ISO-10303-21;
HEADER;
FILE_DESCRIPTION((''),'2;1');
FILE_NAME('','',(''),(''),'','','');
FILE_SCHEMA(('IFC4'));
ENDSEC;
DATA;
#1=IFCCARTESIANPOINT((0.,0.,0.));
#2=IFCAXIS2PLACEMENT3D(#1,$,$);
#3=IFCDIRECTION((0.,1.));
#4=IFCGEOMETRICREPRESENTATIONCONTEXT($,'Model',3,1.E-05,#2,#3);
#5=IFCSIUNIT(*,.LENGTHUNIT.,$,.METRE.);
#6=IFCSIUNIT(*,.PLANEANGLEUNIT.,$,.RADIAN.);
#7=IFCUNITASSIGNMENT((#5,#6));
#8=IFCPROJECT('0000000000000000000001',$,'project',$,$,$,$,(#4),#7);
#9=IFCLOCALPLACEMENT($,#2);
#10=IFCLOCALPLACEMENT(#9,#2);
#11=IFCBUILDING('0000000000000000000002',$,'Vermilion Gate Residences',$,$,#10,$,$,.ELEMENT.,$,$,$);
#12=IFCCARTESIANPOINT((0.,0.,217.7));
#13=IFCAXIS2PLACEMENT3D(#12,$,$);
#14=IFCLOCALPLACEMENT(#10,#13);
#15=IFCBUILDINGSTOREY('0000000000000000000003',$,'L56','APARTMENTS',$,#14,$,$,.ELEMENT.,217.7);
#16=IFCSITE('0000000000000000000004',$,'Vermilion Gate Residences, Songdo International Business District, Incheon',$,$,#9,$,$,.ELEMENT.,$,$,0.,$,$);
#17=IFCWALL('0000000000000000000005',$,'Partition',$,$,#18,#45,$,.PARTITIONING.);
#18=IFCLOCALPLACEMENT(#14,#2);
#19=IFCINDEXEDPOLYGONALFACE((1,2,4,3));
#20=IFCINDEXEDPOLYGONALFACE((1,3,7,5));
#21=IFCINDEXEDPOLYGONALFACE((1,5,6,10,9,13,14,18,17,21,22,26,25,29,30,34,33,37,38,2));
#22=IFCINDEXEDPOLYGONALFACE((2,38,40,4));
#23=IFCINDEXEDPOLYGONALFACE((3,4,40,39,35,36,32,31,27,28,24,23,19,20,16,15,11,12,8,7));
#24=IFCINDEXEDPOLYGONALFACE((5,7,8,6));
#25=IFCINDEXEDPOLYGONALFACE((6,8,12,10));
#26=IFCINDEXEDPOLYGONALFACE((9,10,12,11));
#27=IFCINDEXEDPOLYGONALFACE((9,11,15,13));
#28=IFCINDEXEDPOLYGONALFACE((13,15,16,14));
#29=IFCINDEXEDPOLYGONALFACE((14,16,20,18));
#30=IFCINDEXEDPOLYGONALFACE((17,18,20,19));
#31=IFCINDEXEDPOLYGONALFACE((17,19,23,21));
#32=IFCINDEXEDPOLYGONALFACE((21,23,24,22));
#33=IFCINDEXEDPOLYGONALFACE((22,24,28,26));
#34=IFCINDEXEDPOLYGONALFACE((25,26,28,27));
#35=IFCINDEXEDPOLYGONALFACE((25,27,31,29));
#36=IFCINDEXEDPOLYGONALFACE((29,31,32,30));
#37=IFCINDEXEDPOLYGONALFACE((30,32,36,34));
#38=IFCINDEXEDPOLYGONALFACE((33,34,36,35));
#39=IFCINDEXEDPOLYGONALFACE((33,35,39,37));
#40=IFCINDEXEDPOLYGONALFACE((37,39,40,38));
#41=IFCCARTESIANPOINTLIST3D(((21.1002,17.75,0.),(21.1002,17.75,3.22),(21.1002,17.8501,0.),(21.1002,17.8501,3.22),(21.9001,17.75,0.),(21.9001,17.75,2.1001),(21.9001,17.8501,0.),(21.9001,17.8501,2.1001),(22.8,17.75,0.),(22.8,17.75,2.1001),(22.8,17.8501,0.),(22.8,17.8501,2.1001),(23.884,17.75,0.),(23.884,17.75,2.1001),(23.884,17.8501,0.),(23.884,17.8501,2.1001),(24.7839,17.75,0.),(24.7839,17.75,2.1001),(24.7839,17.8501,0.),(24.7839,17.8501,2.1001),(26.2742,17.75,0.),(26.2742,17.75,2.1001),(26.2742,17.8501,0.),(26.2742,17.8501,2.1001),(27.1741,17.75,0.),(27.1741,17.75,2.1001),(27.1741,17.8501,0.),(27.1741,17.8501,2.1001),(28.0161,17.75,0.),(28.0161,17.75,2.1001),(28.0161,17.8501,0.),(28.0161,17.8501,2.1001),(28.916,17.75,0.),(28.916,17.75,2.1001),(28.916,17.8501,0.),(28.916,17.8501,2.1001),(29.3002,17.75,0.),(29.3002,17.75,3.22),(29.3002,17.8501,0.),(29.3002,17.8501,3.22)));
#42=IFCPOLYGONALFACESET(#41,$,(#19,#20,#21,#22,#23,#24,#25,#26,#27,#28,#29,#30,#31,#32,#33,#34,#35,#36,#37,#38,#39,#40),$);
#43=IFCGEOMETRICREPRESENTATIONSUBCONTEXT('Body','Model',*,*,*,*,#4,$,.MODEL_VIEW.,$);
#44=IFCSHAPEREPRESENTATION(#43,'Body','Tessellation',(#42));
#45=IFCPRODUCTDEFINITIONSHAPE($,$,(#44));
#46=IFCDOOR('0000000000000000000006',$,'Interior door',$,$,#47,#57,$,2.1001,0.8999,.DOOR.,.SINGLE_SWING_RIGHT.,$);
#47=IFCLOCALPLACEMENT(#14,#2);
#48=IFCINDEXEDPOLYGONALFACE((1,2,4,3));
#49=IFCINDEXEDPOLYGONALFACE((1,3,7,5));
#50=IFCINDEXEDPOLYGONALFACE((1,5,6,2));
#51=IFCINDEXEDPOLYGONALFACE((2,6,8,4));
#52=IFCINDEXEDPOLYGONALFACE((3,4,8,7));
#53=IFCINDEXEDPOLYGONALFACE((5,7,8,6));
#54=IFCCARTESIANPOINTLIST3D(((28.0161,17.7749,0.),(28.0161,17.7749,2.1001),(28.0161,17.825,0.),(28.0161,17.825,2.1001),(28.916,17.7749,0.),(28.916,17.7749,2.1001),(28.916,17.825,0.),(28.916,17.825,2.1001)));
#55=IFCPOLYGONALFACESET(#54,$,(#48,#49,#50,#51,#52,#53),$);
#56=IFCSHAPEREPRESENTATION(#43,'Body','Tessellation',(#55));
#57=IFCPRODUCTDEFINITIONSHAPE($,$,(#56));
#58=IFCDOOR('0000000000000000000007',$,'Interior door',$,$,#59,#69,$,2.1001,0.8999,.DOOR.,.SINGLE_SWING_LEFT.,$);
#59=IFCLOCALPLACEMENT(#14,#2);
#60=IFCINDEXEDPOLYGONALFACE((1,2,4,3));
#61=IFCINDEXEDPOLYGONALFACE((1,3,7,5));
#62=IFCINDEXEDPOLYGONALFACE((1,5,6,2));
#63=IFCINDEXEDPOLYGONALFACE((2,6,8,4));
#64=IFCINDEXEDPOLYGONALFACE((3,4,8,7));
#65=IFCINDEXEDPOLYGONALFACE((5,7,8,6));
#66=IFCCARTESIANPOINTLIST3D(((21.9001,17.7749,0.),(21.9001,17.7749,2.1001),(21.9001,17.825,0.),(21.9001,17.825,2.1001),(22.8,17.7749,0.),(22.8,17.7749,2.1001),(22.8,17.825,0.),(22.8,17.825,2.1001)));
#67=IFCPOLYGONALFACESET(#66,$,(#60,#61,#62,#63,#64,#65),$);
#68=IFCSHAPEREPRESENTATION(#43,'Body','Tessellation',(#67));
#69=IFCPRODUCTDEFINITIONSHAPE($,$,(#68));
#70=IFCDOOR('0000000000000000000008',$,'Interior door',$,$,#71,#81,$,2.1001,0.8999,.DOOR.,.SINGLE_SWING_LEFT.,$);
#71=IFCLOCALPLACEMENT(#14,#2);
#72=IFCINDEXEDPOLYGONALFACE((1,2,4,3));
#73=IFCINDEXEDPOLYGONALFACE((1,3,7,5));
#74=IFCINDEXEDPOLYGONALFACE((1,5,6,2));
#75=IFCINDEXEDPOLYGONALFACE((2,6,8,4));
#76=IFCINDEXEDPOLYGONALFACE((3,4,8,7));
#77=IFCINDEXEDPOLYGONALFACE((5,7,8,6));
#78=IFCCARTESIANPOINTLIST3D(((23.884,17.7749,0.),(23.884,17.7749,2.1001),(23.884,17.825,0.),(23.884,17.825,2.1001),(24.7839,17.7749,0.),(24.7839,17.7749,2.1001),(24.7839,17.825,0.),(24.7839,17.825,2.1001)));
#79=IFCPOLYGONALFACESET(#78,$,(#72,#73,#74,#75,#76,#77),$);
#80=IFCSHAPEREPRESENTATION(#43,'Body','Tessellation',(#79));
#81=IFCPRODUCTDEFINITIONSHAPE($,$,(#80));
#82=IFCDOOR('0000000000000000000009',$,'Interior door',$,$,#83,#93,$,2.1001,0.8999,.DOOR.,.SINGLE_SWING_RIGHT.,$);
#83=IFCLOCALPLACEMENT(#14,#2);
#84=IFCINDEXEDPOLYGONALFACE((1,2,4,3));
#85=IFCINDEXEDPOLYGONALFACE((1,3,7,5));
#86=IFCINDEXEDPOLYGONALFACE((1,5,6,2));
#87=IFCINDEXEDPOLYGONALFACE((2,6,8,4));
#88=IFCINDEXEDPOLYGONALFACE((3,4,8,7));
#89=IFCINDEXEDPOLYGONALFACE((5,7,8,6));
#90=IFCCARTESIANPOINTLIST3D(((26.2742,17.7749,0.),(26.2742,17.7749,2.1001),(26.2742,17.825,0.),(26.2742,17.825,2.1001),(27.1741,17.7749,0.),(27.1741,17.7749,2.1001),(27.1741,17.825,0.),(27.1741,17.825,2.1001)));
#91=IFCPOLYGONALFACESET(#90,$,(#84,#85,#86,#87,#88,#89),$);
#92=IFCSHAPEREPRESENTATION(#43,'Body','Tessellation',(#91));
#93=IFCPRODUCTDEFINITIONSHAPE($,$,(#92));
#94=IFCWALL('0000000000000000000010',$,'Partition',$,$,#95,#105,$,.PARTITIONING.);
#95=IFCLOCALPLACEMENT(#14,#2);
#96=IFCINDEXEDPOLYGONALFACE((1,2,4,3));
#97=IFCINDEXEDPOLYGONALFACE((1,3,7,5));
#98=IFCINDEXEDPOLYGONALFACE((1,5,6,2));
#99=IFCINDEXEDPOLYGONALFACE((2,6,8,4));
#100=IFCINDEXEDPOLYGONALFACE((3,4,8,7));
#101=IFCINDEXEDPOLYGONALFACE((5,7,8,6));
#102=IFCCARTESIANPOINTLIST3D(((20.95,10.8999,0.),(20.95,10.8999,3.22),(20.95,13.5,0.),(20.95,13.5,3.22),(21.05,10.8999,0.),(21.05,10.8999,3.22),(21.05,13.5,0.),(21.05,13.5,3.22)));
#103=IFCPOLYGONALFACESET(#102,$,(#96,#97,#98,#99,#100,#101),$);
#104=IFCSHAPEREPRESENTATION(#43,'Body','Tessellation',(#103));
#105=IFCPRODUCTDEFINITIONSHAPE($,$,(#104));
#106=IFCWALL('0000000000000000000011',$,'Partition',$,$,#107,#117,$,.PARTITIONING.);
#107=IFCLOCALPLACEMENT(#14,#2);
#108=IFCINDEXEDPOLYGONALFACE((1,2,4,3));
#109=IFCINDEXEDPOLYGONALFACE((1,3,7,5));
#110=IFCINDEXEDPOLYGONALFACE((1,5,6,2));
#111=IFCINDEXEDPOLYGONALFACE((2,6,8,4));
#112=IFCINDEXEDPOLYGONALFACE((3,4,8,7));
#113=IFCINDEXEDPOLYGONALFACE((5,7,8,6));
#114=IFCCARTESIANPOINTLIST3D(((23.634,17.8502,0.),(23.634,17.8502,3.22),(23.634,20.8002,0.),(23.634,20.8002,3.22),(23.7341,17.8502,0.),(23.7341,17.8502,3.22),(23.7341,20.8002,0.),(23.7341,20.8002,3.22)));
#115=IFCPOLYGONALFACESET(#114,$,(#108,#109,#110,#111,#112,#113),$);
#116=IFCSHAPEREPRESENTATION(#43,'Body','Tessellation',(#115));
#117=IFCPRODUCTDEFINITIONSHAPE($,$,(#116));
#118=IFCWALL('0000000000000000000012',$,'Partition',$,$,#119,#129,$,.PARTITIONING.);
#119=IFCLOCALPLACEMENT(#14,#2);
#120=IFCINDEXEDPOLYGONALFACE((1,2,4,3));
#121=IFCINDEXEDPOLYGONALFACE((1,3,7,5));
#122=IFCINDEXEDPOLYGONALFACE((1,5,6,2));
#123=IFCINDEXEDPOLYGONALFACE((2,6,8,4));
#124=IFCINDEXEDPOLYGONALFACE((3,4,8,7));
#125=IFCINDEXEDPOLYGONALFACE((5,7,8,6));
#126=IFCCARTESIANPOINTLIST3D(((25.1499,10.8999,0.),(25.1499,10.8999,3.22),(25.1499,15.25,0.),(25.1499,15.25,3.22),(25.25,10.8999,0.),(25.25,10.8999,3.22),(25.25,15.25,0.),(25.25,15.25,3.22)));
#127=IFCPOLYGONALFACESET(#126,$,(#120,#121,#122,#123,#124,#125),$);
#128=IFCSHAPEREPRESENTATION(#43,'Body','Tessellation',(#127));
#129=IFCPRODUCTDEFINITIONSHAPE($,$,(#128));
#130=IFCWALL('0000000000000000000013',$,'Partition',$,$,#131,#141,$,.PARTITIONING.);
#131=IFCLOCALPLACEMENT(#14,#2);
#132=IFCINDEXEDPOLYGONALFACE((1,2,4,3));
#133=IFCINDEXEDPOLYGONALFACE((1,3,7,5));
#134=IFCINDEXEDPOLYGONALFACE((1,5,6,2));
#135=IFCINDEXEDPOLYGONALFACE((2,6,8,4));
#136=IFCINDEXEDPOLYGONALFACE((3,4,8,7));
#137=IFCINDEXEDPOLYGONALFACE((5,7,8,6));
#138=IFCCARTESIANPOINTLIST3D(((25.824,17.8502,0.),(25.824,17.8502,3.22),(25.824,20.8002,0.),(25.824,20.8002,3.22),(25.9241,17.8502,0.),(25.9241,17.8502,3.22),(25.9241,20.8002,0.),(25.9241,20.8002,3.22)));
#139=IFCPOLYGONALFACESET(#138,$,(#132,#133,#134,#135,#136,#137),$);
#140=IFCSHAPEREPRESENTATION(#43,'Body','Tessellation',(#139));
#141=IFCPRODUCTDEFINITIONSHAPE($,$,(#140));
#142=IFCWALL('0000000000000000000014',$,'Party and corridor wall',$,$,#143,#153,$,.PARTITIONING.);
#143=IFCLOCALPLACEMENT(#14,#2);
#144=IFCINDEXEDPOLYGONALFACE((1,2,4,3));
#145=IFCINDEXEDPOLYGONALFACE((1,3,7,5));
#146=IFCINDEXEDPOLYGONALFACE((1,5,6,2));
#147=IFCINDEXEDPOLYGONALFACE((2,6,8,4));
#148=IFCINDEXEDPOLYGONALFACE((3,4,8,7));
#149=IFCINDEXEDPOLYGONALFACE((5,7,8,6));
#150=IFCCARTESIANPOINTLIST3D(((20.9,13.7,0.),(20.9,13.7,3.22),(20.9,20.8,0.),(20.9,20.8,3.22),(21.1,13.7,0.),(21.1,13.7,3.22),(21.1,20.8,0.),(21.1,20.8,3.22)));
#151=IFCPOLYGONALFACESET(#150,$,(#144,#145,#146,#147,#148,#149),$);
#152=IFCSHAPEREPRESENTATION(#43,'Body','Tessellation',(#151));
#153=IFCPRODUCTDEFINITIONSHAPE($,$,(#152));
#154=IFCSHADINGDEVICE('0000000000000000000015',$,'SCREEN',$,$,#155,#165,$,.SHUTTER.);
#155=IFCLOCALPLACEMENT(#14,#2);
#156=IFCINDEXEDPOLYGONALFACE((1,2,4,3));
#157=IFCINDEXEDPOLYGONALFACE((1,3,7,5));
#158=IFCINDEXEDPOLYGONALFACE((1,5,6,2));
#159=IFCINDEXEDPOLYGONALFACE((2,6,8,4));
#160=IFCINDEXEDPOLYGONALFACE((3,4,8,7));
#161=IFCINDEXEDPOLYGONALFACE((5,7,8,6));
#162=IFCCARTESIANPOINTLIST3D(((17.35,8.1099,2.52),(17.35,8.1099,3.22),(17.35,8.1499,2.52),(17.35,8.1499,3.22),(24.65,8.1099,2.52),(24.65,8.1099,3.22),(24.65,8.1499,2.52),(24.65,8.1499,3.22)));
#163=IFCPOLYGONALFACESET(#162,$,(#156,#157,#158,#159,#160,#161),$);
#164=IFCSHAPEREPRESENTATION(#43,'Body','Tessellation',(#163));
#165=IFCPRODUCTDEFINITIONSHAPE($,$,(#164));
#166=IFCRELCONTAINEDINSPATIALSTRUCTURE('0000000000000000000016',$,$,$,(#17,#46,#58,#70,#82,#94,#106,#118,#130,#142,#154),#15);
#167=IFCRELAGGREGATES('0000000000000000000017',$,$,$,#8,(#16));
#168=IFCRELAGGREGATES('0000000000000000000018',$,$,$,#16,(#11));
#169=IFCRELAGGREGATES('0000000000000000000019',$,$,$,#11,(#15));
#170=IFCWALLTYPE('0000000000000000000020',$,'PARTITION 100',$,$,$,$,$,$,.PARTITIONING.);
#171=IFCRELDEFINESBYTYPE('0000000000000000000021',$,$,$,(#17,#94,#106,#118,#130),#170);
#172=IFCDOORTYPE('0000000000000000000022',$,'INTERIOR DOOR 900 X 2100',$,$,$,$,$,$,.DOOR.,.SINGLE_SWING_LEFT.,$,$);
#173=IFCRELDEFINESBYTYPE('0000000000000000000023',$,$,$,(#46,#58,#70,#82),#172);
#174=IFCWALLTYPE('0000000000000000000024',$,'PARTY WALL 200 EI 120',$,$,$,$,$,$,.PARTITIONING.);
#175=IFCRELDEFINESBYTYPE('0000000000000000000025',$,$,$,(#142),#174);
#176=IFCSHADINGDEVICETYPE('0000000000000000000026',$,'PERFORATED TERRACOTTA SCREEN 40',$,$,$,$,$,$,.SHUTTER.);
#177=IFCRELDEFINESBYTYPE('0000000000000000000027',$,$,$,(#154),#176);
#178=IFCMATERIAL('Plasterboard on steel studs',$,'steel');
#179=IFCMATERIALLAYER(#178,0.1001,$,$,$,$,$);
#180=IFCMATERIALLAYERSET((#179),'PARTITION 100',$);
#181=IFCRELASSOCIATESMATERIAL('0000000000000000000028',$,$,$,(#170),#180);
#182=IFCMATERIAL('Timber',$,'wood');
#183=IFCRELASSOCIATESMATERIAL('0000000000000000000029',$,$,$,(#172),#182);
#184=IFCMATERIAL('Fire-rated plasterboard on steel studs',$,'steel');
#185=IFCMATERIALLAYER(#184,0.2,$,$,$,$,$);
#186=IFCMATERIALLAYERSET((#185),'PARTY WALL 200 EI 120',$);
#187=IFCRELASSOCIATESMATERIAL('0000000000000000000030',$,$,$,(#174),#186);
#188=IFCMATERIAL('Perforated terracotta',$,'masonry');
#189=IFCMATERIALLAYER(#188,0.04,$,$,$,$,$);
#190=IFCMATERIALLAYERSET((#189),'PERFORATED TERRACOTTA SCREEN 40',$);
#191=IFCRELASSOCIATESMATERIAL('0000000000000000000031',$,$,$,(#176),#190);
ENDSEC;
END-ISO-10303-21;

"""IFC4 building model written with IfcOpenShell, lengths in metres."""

from ifc_helpers import new_model, si_unit, direction, frame, frame_2d, origin, origin_2d, place, context, subcontext, project, spatial, rectangle, extrude, material, layer, layer_set, type_object, element, fill, save


model = new_model("IFC4")

# Units and contexts
model_context = context("Model", 3, precision=1e-05, world=origin(), true_north=direction((0.0, 1.0)))
body_context = subcontext(model_context, "Body", "Model", "MODEL_VIEW")
ifc_project = project(units=[si_unit("LENGTHUNIT", "METRE"), si_unit("PLANEANGLEUNIT", "RADIAN")], contexts=[model_context])

# Site, building, storey
site_placement = place(None, origin())
site = spatial("IfcSite", under=ifc_project, at=site_placement, Name="Vermilion Gate Residences, Songdo International Business District, Incheon", CompositionType="ELEMENT", RefElevation=0.0)
building_placement = place(site_placement, origin())
building = spatial("IfcBuilding", under=site, at=building_placement, Name="Vermilion Gate Residences", CompositionType="ELEMENT")
storey_placement = place(building_placement, frame((0.0, 0.0, 217.7)))
storey = spatial("IfcBuildingStorey", under=building, at=storey_placement, Name="L56", Description="APARTMENTS", CompositionType="ELEMENT", Elevation=217.7)

# Wall, openings, doors
ifc_material_1 = material(Name="Plasterboard on steel studs", Category="steel")
ifc_layer_1 = layer(ifc_material_1, 0.1001)
ifc_layer_set_1 = layer_set([ifc_layer_1], Name="PARTITION 100")
wall_type_1 = type_object("IfcWallType", Name="PARTITION 100", PredefinedType="PARTITIONING", material=ifc_layer_set_1)
ifc_material_2 = material(Name="Timber", Category="wood")
door_type = type_object("IfcDoorType", Name="INTERIOR DOOR 900 X 2100", OperationType="SINGLE_SWING_LEFT", PredefinedType="DOOR", material=ifc_material_2)
wall_1_placement = place(storey_placement, frame((21.1001, 17.8, 0.0), z_axis=(0.0, 0.0, 1.0), x_axis=(1.0, 0.0, 0.0)))
wall_1 = element("IfcWall", 1, at=wall_1_placement, inside=storey, type_object=wall_type_1, Name="Partition", PredefinedType="PARTITIONING", context=body_context, shape_type="SweptSolid", body=[
    extrude(rectangle(XDim=8.2, YDim=0.1001, at=frame_2d((4.1001, 0.0))), origin(), (0.0, 0.0, 1.0), 3.22),
])
opening_1_placement = place(wall_1_placement, frame((6.916, 0.0, 0.0)))
opening_1 = element("IfcOpeningElement", 2, at=opening_1_placement, cuts=wall_1, PredefinedType="OPENING", context=body_context, shape_type="SweptSolid", body=[
    extrude(rectangle(XDim=0.8999, YDim=2.1001, at=frame_2d((0.45, 1.05))), frame((0.0, 0.0601, 0.0), z_axis=(0.0, -1.0, 0.0), x_axis=(1.0, 0.0, 0.0)), (0.0, 0.0, 1.0), 0.1201),
])
opening_2_placement = place(wall_1_placement, frame((0.8, 0.0, 0.0)))
opening_2 = element("IfcOpeningElement", 3, at=opening_2_placement, cuts=wall_1, PredefinedType="OPENING", context=body_context, shape_type="SweptSolid", body=[
    extrude(rectangle(XDim=0.8999, YDim=2.1001, at=frame_2d((0.45, 1.05))), frame((0.0, 0.0601, 0.0), z_axis=(0.0, -1.0, 0.0), x_axis=(1.0, 0.0, 0.0)), (0.0, 0.0, 1.0), 0.1201),
])
opening_3_placement = place(wall_1_placement, frame((2.7839, 0.0, 0.0)))
opening_3 = element("IfcOpeningElement", 4, at=opening_3_placement, cuts=wall_1, PredefinedType="OPENING", context=body_context, shape_type="SweptSolid", body=[
    extrude(rectangle(XDim=0.8999, YDim=2.1001, at=frame_2d((0.45, 1.05))), frame((0.0, 0.0601, 0.0), z_axis=(0.0, -1.0, 0.0), x_axis=(1.0, 0.0, 0.0)), (0.0, 0.0, 1.0), 0.1201),
])
opening_4_placement = place(wall_1_placement, frame((5.1741, 0.0, 0.0)))
opening_4 = element("IfcOpeningElement", 5, at=opening_4_placement, cuts=wall_1, PredefinedType="OPENING", context=body_context, shape_type="SweptSolid", body=[
    extrude(rectangle(XDim=0.8999, YDim=2.1001, at=frame_2d((0.45, 1.05))), frame((0.0, 0.0601, 0.0), z_axis=(0.0, -1.0, 0.0), x_axis=(1.0, 0.0, 0.0)), (0.0, 0.0, 1.0), 0.1201),
])
door_1_placement = place(opening_1_placement, origin())
door_1 = element("IfcDoor", 6, at=door_1_placement, inside=storey, type_object=door_type, Name="Interior door", OperationType="SINGLE_SWING_RIGHT", OverallHeight=2.1001, OverallWidth=0.8999, PredefinedType="DOOR", context=body_context, shape_type="SweptSolid", body=[
    extrude(rectangle(XDim=0.8999, YDim=2.1001, at=frame_2d((0.45, 1.05))), frame((0.0, 0.0249, 0.0), z_axis=(0.0, -1.0, 0.0), x_axis=(1.0, 0.0, 0.0)), (0.0, 0.0, 1.0), 0.05),
])
fill(opening_1, door_1)
door_2_placement = place(opening_2_placement, origin())
door_2 = element("IfcDoor", 7, at=door_2_placement, inside=storey, type_object=door_type, Name="Interior door", OperationType="SINGLE_SWING_LEFT", OverallHeight=2.1001, OverallWidth=0.8999, PredefinedType="DOOR", context=body_context, shape_type="SweptSolid", body=[
    extrude(rectangle(XDim=0.8999, YDim=2.1001, at=frame_2d((0.45, 1.05))), frame((0.0, 0.0249, 0.0), z_axis=(0.0, -1.0, 0.0), x_axis=(1.0, 0.0, 0.0)), (0.0, 0.0, 1.0), 0.05),
])
fill(opening_2, door_2)
door_3_placement = place(opening_3_placement, origin())
door_3 = element("IfcDoor", 8, at=door_3_placement, inside=storey, type_object=door_type, Name="Interior door", OperationType="SINGLE_SWING_LEFT", OverallHeight=2.1001, OverallWidth=0.8999, PredefinedType="DOOR", context=body_context, shape_type="SweptSolid", body=[
    extrude(rectangle(XDim=0.8999, YDim=2.1001, at=frame_2d((0.45, 1.05))), frame((0.0, 0.0249, 0.0), z_axis=(0.0, -1.0, 0.0), x_axis=(1.0, 0.0, 0.0)), (0.0, 0.0, 1.0), 0.05),
])
fill(opening_3, door_3)
door_4_placement = place(opening_4_placement, origin())
door_4 = element("IfcDoor", 9, at=door_4_placement, inside=storey, type_object=door_type, Name="Interior door", OperationType="SINGLE_SWING_RIGHT", OverallHeight=2.1001, OverallWidth=0.8999, PredefinedType="DOOR", context=body_context, shape_type="SweptSolid", body=[
    extrude(rectangle(XDim=0.8999, YDim=2.1001, at=frame_2d((0.45, 1.05))), frame((0.0, 0.0249, 0.0), z_axis=(0.0, -1.0, 0.0), x_axis=(1.0, 0.0, 0.0)), (0.0, 0.0, 1.0), 0.05),
])
fill(opening_4, door_4)

# Walls
wall_2_placement = place(storey_placement, frame((21.0, 10.8999, 0.0), z_axis=(0.0, 0.0, 1.0), x_axis=(0.0, 1.0, 0.0)))
element("IfcWall", 10, at=wall_2_placement, inside=storey, type_object=wall_type_1, Name="Partition", PredefinedType="PARTITIONING", context=body_context, shape_type="SweptSolid", body=[
    extrude(rectangle(XDim=2.6001, YDim=0.1001, at=frame_2d((1.3, 0.0))), origin(), (0.0, 0.0, 1.0), 3.22),
])
wall_3_placement = place(storey_placement, frame((23.6841, 17.8501, 0.0), z_axis=(0.0, 0.0, 1.0), x_axis=(0.0, 1.0, 0.0)))
element("IfcWall", 11, at=wall_3_placement, inside=storey, type_object=wall_type_1, Name="Partition", PredefinedType="PARTITIONING", context=body_context, shape_type="SweptSolid", body=[
    extrude(rectangle(XDim=2.95, YDim=0.1001, at=frame_2d((1.4751, 0.0))), origin(), (0.0, 0.0, 1.0), 3.22),
])
wall_4_placement = place(storey_placement, frame((25.2, 10.8999, 0.0), z_axis=(0.0, 0.0, 1.0), x_axis=(0.0, 1.0, 0.0)))
element("IfcWall", 12, at=wall_4_placement, inside=storey, type_object=wall_type_1, Name="Partition", PredefinedType="PARTITIONING", context=body_context, shape_type="SweptSolid", body=[
    extrude(rectangle(XDim=4.3501, YDim=0.1001, at=frame_2d((2.175, 0.0))), origin(), (0.0, 0.0, 1.0), 3.22),
])
wall_5_placement = place(storey_placement, frame((25.874, 17.8501, 0.0), z_axis=(0.0, 0.0, 1.0), x_axis=(0.0, 1.0, 0.0)))
element("IfcWall", 13, at=wall_5_placement, inside=storey, type_object=wall_type_1, Name="Partition", PredefinedType="PARTITIONING", context=body_context, shape_type="SweptSolid", body=[
    extrude(rectangle(XDim=2.95, YDim=0.1001, at=frame_2d((1.4751, 0.0))), origin(), (0.0, 0.0, 1.0), 3.22),
])
ifc_material_3 = material(Name="Fire-rated plasterboard on steel studs", Category="steel")
ifc_layer_2 = layer(ifc_material_3, 0.2)
ifc_layer_set_2 = layer_set([ifc_layer_2], Name="PARTY WALL 200 EI 120")
wall_type_2 = type_object("IfcWallType", Name="PARTY WALL 200 EI 120", PredefinedType="PARTITIONING", material=ifc_layer_set_2)
wall_6_placement = place(storey_placement, frame((21.0, 13.7, 0.0), z_axis=(0.0, 0.0, 1.0), x_axis=(0.0, 1.0, 0.0)))
element("IfcWall", 14, at=wall_6_placement, inside=storey, type_object=wall_type_2, Name="Party and corridor wall", PredefinedType="PARTITIONING", context=body_context, shape_type="SweptSolid", body=[
    extrude(rectangle(XDim=7.1001, YDim=0.2, at=frame_2d((3.55, 0.0))), origin(), (0.0, 0.0, 1.0), 3.22),
])

# Shading device
ifc_material_4 = material(Name="Perforated terracotta", Category="masonry")
ifc_layer_3 = layer(ifc_material_4, 0.04)
ifc_layer_set_3 = layer_set([ifc_layer_3], Name="PERFORATED TERRACOTTA SCREEN 40")
shading_device_type_1 = type_object("IfcShadingDeviceType", Name="PERFORATED TERRACOTTA SCREEN 40", PredefinedType="SHUTTER", material=ifc_layer_set_3)
shading_device_1_placement = place(storey_placement, frame((21.0, 8.1299, 2.52), z_axis=(0.0, 0.0, 1.0), x_axis=(1.0, 0.0, 0.0)))
element("IfcShadingDevice", 15, at=shading_device_1_placement, inside=storey, type_object=shading_device_type_1, Name="SCREEN", PredefinedType="SHUTTER", context=body_context, shape_type="SweptSolid", body=[
    extrude(rectangle(XDim=7.3, YDim=0.04, at=origin_2d()), origin(), (0.0, 0.0, 1.0), 0.7),
])

save(model, "model.ifc")
